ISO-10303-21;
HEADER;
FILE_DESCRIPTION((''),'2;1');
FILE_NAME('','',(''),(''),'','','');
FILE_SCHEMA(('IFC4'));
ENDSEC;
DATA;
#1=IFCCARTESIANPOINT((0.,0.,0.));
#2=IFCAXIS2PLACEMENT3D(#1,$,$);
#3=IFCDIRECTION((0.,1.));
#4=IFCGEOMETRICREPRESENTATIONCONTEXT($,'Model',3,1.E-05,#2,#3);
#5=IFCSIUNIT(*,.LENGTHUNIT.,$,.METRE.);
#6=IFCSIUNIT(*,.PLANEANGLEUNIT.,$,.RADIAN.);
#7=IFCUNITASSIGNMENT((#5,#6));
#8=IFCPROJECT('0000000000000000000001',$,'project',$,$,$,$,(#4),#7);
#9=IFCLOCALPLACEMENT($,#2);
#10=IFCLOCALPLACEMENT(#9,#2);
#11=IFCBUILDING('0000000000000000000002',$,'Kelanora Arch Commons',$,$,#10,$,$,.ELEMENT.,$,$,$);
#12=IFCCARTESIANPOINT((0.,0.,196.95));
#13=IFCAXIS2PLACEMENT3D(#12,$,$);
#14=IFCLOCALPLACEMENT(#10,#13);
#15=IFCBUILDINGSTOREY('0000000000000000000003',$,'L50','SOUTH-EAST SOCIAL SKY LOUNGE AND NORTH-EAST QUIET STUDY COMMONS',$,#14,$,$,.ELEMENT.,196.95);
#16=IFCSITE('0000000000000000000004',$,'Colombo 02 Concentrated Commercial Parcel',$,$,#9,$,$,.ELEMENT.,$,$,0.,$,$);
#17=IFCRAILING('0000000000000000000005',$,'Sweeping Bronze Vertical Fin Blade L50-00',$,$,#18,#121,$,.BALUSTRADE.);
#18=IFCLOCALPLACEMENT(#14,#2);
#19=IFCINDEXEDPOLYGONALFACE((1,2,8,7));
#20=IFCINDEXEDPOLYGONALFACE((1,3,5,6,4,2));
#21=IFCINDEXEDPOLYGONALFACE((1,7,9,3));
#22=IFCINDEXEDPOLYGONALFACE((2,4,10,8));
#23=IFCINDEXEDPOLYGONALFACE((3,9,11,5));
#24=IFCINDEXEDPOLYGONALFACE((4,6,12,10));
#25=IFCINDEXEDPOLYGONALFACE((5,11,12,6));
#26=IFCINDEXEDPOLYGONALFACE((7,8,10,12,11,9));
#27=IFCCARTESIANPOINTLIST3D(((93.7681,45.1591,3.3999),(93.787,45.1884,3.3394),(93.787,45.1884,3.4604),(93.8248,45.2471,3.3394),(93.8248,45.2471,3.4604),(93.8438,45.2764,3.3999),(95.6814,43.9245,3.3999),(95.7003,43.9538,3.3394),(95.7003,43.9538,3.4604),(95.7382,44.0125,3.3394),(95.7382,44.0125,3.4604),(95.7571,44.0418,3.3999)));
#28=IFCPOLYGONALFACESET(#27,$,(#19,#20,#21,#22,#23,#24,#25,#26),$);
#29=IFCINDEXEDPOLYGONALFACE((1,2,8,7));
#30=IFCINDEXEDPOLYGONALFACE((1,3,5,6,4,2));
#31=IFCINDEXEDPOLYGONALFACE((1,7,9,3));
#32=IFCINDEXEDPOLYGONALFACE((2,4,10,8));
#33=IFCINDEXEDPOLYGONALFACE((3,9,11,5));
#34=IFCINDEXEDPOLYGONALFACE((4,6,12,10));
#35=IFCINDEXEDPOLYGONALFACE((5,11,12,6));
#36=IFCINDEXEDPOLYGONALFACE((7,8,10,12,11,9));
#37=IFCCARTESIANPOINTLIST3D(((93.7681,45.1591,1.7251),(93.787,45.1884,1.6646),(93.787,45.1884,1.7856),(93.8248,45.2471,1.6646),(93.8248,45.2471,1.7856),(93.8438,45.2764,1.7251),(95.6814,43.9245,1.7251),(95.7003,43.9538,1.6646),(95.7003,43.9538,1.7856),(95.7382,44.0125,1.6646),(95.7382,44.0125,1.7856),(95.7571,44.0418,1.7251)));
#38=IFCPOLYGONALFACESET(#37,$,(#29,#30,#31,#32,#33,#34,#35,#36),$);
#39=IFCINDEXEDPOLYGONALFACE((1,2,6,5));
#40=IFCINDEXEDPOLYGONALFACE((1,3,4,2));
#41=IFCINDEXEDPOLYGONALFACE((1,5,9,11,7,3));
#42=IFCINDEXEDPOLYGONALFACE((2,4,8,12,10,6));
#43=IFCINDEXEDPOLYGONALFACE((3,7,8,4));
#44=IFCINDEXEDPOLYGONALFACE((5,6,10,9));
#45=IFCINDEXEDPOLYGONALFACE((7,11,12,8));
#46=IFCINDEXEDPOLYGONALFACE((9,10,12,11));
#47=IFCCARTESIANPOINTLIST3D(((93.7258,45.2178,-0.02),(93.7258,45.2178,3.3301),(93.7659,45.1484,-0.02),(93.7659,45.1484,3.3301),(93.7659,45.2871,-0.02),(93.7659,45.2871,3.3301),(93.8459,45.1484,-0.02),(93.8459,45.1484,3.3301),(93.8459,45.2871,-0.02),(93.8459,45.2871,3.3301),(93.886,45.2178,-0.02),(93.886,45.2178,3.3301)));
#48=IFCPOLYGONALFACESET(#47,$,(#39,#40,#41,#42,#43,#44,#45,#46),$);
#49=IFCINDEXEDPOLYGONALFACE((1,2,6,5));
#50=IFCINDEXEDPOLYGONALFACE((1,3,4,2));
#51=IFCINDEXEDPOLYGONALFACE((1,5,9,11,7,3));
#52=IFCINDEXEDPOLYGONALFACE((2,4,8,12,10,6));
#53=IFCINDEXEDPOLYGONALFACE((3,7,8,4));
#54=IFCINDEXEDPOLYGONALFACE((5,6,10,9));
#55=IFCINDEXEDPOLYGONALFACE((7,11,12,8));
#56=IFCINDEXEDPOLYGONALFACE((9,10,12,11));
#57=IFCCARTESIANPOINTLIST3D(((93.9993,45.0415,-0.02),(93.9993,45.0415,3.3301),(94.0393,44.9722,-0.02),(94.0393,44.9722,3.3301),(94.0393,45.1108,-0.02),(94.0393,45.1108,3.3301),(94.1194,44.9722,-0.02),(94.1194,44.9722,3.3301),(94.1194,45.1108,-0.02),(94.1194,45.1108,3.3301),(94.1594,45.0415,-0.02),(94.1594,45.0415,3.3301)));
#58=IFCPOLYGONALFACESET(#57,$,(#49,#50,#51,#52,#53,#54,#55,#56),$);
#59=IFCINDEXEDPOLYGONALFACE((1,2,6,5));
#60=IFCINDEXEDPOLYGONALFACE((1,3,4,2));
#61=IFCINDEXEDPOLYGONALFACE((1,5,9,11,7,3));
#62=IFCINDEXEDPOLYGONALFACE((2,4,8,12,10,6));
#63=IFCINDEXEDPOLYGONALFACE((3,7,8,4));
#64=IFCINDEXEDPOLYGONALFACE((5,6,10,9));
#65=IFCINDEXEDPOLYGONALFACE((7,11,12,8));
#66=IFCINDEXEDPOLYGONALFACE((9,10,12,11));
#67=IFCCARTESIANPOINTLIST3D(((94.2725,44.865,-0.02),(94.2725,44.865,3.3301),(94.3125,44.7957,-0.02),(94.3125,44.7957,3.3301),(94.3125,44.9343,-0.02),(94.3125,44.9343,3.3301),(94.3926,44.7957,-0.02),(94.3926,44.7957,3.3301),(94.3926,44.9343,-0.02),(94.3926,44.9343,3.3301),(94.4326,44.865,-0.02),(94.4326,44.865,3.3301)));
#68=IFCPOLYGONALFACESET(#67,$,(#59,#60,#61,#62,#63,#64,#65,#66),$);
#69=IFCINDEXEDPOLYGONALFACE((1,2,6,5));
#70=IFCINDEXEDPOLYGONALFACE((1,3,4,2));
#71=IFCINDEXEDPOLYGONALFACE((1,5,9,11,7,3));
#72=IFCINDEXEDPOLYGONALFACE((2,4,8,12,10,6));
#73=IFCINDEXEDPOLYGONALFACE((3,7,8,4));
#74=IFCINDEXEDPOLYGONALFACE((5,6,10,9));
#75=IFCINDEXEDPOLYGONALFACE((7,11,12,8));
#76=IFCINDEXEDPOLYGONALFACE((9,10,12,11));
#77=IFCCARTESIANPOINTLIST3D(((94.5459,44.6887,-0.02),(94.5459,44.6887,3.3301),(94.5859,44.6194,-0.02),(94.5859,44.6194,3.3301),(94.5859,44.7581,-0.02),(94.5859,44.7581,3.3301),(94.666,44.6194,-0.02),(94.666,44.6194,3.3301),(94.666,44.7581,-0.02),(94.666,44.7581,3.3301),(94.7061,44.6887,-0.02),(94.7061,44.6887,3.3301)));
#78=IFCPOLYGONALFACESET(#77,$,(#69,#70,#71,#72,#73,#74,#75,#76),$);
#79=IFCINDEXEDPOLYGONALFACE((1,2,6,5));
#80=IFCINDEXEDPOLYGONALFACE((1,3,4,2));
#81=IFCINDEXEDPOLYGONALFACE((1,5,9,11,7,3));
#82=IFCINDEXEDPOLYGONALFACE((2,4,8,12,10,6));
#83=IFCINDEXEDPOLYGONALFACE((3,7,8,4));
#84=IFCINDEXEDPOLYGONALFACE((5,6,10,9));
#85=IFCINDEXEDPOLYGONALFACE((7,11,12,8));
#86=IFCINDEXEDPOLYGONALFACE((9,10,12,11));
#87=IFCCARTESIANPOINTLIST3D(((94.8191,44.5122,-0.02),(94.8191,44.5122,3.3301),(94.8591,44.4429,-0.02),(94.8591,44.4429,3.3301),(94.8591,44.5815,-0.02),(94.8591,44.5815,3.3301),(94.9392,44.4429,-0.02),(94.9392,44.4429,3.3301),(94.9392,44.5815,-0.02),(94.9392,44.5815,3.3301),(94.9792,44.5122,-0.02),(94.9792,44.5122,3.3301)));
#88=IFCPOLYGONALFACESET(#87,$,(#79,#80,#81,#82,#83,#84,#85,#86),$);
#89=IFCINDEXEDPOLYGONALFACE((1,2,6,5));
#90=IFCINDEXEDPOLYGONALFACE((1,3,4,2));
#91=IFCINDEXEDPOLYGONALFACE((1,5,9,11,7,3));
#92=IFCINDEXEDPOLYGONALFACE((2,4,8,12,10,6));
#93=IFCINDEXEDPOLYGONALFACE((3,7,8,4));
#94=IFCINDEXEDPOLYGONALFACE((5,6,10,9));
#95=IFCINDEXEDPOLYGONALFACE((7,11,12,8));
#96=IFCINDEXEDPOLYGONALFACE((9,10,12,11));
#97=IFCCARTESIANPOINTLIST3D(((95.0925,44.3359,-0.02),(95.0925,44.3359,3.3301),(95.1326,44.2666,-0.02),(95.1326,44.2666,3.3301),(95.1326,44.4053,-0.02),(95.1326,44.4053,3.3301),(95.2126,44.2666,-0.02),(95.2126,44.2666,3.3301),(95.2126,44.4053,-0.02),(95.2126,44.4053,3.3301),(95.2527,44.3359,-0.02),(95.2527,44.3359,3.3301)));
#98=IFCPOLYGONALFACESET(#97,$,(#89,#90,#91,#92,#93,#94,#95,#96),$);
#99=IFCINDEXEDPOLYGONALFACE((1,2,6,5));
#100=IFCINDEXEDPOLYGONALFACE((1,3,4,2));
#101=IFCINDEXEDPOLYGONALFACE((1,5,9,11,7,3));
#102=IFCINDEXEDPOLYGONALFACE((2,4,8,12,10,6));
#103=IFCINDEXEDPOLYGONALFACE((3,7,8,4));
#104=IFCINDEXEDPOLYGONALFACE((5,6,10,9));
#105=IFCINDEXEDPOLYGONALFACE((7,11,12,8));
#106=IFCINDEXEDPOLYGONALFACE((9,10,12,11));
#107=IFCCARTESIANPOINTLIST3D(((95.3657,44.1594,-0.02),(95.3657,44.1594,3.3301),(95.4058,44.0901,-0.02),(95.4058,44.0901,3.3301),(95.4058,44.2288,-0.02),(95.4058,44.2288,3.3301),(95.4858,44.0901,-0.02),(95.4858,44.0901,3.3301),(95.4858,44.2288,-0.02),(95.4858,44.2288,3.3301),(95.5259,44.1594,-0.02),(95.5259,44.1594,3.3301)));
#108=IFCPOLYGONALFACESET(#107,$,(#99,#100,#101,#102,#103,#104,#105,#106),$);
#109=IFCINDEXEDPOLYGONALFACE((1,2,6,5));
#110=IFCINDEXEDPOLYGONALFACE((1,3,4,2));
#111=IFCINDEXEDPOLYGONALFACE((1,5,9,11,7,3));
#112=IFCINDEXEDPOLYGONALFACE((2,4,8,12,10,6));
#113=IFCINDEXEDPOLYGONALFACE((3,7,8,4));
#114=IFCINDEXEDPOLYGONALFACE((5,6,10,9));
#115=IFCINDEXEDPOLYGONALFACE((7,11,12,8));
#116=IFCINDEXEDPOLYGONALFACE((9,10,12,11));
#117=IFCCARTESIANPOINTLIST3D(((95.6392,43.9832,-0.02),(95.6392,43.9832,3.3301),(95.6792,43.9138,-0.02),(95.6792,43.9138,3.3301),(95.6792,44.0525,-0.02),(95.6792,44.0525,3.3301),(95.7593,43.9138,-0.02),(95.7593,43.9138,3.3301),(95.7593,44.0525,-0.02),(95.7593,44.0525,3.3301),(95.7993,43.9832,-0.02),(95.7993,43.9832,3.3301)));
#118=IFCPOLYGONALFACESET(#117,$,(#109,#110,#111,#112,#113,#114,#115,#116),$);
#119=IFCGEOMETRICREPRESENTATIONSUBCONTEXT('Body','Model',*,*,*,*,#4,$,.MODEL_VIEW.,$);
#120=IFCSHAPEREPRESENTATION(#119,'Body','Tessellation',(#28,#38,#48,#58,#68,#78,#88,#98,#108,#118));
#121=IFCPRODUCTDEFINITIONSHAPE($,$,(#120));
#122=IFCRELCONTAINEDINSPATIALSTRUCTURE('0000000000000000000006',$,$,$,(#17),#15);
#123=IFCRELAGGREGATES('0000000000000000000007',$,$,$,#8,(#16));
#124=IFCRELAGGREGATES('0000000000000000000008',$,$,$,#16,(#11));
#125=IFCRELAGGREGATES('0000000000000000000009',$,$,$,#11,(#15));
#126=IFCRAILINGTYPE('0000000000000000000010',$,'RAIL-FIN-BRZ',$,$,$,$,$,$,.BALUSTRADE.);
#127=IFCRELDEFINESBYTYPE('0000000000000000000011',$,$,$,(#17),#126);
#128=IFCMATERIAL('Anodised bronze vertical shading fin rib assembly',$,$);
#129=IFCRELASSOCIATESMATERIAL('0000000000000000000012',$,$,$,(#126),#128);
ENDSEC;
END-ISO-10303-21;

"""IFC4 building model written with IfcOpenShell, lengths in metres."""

from ifc_helpers import new_model, si_unit, direction, frame, origin, place, context, subcontext, project, spatial, polyline, outline, extrude, material, type_object, element, save


model = new_model("IFC4")

# Units and contexts
model_context = context("Model", 3, precision=1e-05, world=origin(), true_north=direction((0.0, 1.0)))
body_context = subcontext(model_context, "Body", "Model", "MODEL_VIEW")
ifc_project = project(units=[si_unit("LENGTHUNIT", "METRE"), si_unit("PLANEANGLEUNIT", "RADIAN")], contexts=[model_context])

# Site, building, storey
site_placement = place(None, origin())
site = spatial("IfcSite", under=ifc_project, at=site_placement, Name="Colombo 02 Concentrated Commercial Parcel", CompositionType="ELEMENT", RefElevation=0.0)
building_placement = place(site_placement, origin())
building = spatial("IfcBuilding", under=site, at=building_placement, Name="Kelanora Arch Commons", CompositionType="ELEMENT")
storey_placement = place(building_placement, frame((0.0, 0.0, 196.95)))
storey = spatial("IfcBuildingStorey", under=building, at=storey_placement, Name="L50", Description="SOUTH-EAST SOCIAL SKY LOUNGE AND NORTH-EAST QUIET STUDY COMMONS", CompositionType="ELEMENT", Elevation=196.95)

# Railing
ifc_material_1 = material(Name="Anodised bronze vertical shading fin rib assembly")
railing_type = type_object("IfcRailingType", Name="RAIL-FIN-BRZ", PredefinedType="BALUSTRADE", material=ifc_material_1)
railing_1_placement = place(storey_placement, frame((93.8059, 45.2178, -0.02)))
element("IfcRailing", 1, at=railing_1_placement, inside=storey, type_object=railing_type, Name="Sweeping Bronze Vertical Fin Blade L50-00", PredefinedType="BALUSTRADE", context=body_context, shape_type="SweptSolid", body=[
    extrude(outline(polyline([(0.0698, 0.0), (0.0349, 0.0605), (-0.0349, 0.0605), (-0.0698, 0.0), (-0.0349, -0.0605), (0.0349, -0.0605), (0.0698, 0.0)])), frame((0.0, 0.0, 3.4199), z_axis=(0.840254, -0.542193, 0.0), x_axis=(0.542193, 0.840254, 0.0)), (0.0, 0.0, 1.0), 2.2771),
    extrude(outline(polyline([(0.0698, 0.0), (0.0349, 0.0605), (-0.0349, 0.0605), (-0.0698, 0.0), (-0.0349, -0.0605), (0.0349, -0.0605), (0.0698, 0.0)])), frame((0.0, 0.0, 1.7451), z_axis=(0.840254, -0.542193, 0.0), x_axis=(0.542193, 0.840254, 0.0)), (0.0, 0.0, 1.0), 2.2771),
    extrude(outline(polyline([(0.0801, 0.0), (0.04, 0.0693), (-0.04, 0.0693), (-0.0801, 0.0), (-0.04, -0.0693), (0.04, -0.0693), (0.0801, 0.0)])), origin(), (0.0, 0.0, 1.0), 3.3501),
    extrude(outline(polyline([(0.0801, 0.0), (0.04, 0.0693), (-0.04, 0.0693), (-0.0801, 0.0), (-0.04, -0.0693), (0.04, -0.0693), (0.0801, 0.0)])), frame((0.2734, -0.1763, 0.0)), (0.0, 0.0, 1.0), 3.3501),
    extrude(outline(polyline([(0.0801, 0.0), (0.04, 0.0693), (-0.04, 0.0693), (-0.0801, 0.0), (-0.04, -0.0693), (0.04, -0.0693), (0.0801, 0.0)])), frame((0.5466, -0.3528, 0.0)), (0.0, 0.0, 1.0), 3.3501),
    extrude(outline(polyline([(0.0801, 0.0), (0.04, 0.0693), (-0.04, 0.0693), (-0.0801, 0.0), (-0.04, -0.0693), (0.04, -0.0693), (0.0801, 0.0)])), frame((0.8201, -0.5291, 0.0)), (0.0, 0.0, 1.0), 3.3501),
    extrude(outline(polyline([(0.0801, 0.0), (0.04, 0.0693), (-0.04, 0.0693), (-0.0801, 0.0), (-0.04, -0.0693), (0.04, -0.0693), (0.0801, 0.0)])), frame((1.0933, -0.7056, 0.0)), (0.0, 0.0, 1.0), 3.3501),
    extrude(outline(polyline([(0.0801, 0.0), (0.04, 0.0693), (-0.04, 0.0693), (-0.0801, 0.0), (-0.04, -0.0693), (0.04, -0.0693), (0.0801, 0.0)])), frame((1.3667, -0.8818, 0.0)), (0.0, 0.0, 1.0), 3.3501),
    extrude(outline(polyline([(0.0801, 0.0), (0.04, 0.0693), (-0.04, 0.0693), (-0.0801, 0.0), (-0.04, -0.0693), (0.04, -0.0693), (0.0801, 0.0)])), frame((1.6399, -1.0583, 0.0)), (0.0, 0.0, 1.0), 3.3501),
    extrude(outline(polyline([(0.0801, 0.0), (0.04, 0.0693), (-0.04, 0.0693), (-0.0801, 0.0), (-0.04, -0.0693), (0.04, -0.0693), (0.0801, 0.0)])), frame((1.9133, -1.2346, 0.0)), (0.0, 0.0, 1.0), 3.3501),
])

save(model, "model.ifc")
